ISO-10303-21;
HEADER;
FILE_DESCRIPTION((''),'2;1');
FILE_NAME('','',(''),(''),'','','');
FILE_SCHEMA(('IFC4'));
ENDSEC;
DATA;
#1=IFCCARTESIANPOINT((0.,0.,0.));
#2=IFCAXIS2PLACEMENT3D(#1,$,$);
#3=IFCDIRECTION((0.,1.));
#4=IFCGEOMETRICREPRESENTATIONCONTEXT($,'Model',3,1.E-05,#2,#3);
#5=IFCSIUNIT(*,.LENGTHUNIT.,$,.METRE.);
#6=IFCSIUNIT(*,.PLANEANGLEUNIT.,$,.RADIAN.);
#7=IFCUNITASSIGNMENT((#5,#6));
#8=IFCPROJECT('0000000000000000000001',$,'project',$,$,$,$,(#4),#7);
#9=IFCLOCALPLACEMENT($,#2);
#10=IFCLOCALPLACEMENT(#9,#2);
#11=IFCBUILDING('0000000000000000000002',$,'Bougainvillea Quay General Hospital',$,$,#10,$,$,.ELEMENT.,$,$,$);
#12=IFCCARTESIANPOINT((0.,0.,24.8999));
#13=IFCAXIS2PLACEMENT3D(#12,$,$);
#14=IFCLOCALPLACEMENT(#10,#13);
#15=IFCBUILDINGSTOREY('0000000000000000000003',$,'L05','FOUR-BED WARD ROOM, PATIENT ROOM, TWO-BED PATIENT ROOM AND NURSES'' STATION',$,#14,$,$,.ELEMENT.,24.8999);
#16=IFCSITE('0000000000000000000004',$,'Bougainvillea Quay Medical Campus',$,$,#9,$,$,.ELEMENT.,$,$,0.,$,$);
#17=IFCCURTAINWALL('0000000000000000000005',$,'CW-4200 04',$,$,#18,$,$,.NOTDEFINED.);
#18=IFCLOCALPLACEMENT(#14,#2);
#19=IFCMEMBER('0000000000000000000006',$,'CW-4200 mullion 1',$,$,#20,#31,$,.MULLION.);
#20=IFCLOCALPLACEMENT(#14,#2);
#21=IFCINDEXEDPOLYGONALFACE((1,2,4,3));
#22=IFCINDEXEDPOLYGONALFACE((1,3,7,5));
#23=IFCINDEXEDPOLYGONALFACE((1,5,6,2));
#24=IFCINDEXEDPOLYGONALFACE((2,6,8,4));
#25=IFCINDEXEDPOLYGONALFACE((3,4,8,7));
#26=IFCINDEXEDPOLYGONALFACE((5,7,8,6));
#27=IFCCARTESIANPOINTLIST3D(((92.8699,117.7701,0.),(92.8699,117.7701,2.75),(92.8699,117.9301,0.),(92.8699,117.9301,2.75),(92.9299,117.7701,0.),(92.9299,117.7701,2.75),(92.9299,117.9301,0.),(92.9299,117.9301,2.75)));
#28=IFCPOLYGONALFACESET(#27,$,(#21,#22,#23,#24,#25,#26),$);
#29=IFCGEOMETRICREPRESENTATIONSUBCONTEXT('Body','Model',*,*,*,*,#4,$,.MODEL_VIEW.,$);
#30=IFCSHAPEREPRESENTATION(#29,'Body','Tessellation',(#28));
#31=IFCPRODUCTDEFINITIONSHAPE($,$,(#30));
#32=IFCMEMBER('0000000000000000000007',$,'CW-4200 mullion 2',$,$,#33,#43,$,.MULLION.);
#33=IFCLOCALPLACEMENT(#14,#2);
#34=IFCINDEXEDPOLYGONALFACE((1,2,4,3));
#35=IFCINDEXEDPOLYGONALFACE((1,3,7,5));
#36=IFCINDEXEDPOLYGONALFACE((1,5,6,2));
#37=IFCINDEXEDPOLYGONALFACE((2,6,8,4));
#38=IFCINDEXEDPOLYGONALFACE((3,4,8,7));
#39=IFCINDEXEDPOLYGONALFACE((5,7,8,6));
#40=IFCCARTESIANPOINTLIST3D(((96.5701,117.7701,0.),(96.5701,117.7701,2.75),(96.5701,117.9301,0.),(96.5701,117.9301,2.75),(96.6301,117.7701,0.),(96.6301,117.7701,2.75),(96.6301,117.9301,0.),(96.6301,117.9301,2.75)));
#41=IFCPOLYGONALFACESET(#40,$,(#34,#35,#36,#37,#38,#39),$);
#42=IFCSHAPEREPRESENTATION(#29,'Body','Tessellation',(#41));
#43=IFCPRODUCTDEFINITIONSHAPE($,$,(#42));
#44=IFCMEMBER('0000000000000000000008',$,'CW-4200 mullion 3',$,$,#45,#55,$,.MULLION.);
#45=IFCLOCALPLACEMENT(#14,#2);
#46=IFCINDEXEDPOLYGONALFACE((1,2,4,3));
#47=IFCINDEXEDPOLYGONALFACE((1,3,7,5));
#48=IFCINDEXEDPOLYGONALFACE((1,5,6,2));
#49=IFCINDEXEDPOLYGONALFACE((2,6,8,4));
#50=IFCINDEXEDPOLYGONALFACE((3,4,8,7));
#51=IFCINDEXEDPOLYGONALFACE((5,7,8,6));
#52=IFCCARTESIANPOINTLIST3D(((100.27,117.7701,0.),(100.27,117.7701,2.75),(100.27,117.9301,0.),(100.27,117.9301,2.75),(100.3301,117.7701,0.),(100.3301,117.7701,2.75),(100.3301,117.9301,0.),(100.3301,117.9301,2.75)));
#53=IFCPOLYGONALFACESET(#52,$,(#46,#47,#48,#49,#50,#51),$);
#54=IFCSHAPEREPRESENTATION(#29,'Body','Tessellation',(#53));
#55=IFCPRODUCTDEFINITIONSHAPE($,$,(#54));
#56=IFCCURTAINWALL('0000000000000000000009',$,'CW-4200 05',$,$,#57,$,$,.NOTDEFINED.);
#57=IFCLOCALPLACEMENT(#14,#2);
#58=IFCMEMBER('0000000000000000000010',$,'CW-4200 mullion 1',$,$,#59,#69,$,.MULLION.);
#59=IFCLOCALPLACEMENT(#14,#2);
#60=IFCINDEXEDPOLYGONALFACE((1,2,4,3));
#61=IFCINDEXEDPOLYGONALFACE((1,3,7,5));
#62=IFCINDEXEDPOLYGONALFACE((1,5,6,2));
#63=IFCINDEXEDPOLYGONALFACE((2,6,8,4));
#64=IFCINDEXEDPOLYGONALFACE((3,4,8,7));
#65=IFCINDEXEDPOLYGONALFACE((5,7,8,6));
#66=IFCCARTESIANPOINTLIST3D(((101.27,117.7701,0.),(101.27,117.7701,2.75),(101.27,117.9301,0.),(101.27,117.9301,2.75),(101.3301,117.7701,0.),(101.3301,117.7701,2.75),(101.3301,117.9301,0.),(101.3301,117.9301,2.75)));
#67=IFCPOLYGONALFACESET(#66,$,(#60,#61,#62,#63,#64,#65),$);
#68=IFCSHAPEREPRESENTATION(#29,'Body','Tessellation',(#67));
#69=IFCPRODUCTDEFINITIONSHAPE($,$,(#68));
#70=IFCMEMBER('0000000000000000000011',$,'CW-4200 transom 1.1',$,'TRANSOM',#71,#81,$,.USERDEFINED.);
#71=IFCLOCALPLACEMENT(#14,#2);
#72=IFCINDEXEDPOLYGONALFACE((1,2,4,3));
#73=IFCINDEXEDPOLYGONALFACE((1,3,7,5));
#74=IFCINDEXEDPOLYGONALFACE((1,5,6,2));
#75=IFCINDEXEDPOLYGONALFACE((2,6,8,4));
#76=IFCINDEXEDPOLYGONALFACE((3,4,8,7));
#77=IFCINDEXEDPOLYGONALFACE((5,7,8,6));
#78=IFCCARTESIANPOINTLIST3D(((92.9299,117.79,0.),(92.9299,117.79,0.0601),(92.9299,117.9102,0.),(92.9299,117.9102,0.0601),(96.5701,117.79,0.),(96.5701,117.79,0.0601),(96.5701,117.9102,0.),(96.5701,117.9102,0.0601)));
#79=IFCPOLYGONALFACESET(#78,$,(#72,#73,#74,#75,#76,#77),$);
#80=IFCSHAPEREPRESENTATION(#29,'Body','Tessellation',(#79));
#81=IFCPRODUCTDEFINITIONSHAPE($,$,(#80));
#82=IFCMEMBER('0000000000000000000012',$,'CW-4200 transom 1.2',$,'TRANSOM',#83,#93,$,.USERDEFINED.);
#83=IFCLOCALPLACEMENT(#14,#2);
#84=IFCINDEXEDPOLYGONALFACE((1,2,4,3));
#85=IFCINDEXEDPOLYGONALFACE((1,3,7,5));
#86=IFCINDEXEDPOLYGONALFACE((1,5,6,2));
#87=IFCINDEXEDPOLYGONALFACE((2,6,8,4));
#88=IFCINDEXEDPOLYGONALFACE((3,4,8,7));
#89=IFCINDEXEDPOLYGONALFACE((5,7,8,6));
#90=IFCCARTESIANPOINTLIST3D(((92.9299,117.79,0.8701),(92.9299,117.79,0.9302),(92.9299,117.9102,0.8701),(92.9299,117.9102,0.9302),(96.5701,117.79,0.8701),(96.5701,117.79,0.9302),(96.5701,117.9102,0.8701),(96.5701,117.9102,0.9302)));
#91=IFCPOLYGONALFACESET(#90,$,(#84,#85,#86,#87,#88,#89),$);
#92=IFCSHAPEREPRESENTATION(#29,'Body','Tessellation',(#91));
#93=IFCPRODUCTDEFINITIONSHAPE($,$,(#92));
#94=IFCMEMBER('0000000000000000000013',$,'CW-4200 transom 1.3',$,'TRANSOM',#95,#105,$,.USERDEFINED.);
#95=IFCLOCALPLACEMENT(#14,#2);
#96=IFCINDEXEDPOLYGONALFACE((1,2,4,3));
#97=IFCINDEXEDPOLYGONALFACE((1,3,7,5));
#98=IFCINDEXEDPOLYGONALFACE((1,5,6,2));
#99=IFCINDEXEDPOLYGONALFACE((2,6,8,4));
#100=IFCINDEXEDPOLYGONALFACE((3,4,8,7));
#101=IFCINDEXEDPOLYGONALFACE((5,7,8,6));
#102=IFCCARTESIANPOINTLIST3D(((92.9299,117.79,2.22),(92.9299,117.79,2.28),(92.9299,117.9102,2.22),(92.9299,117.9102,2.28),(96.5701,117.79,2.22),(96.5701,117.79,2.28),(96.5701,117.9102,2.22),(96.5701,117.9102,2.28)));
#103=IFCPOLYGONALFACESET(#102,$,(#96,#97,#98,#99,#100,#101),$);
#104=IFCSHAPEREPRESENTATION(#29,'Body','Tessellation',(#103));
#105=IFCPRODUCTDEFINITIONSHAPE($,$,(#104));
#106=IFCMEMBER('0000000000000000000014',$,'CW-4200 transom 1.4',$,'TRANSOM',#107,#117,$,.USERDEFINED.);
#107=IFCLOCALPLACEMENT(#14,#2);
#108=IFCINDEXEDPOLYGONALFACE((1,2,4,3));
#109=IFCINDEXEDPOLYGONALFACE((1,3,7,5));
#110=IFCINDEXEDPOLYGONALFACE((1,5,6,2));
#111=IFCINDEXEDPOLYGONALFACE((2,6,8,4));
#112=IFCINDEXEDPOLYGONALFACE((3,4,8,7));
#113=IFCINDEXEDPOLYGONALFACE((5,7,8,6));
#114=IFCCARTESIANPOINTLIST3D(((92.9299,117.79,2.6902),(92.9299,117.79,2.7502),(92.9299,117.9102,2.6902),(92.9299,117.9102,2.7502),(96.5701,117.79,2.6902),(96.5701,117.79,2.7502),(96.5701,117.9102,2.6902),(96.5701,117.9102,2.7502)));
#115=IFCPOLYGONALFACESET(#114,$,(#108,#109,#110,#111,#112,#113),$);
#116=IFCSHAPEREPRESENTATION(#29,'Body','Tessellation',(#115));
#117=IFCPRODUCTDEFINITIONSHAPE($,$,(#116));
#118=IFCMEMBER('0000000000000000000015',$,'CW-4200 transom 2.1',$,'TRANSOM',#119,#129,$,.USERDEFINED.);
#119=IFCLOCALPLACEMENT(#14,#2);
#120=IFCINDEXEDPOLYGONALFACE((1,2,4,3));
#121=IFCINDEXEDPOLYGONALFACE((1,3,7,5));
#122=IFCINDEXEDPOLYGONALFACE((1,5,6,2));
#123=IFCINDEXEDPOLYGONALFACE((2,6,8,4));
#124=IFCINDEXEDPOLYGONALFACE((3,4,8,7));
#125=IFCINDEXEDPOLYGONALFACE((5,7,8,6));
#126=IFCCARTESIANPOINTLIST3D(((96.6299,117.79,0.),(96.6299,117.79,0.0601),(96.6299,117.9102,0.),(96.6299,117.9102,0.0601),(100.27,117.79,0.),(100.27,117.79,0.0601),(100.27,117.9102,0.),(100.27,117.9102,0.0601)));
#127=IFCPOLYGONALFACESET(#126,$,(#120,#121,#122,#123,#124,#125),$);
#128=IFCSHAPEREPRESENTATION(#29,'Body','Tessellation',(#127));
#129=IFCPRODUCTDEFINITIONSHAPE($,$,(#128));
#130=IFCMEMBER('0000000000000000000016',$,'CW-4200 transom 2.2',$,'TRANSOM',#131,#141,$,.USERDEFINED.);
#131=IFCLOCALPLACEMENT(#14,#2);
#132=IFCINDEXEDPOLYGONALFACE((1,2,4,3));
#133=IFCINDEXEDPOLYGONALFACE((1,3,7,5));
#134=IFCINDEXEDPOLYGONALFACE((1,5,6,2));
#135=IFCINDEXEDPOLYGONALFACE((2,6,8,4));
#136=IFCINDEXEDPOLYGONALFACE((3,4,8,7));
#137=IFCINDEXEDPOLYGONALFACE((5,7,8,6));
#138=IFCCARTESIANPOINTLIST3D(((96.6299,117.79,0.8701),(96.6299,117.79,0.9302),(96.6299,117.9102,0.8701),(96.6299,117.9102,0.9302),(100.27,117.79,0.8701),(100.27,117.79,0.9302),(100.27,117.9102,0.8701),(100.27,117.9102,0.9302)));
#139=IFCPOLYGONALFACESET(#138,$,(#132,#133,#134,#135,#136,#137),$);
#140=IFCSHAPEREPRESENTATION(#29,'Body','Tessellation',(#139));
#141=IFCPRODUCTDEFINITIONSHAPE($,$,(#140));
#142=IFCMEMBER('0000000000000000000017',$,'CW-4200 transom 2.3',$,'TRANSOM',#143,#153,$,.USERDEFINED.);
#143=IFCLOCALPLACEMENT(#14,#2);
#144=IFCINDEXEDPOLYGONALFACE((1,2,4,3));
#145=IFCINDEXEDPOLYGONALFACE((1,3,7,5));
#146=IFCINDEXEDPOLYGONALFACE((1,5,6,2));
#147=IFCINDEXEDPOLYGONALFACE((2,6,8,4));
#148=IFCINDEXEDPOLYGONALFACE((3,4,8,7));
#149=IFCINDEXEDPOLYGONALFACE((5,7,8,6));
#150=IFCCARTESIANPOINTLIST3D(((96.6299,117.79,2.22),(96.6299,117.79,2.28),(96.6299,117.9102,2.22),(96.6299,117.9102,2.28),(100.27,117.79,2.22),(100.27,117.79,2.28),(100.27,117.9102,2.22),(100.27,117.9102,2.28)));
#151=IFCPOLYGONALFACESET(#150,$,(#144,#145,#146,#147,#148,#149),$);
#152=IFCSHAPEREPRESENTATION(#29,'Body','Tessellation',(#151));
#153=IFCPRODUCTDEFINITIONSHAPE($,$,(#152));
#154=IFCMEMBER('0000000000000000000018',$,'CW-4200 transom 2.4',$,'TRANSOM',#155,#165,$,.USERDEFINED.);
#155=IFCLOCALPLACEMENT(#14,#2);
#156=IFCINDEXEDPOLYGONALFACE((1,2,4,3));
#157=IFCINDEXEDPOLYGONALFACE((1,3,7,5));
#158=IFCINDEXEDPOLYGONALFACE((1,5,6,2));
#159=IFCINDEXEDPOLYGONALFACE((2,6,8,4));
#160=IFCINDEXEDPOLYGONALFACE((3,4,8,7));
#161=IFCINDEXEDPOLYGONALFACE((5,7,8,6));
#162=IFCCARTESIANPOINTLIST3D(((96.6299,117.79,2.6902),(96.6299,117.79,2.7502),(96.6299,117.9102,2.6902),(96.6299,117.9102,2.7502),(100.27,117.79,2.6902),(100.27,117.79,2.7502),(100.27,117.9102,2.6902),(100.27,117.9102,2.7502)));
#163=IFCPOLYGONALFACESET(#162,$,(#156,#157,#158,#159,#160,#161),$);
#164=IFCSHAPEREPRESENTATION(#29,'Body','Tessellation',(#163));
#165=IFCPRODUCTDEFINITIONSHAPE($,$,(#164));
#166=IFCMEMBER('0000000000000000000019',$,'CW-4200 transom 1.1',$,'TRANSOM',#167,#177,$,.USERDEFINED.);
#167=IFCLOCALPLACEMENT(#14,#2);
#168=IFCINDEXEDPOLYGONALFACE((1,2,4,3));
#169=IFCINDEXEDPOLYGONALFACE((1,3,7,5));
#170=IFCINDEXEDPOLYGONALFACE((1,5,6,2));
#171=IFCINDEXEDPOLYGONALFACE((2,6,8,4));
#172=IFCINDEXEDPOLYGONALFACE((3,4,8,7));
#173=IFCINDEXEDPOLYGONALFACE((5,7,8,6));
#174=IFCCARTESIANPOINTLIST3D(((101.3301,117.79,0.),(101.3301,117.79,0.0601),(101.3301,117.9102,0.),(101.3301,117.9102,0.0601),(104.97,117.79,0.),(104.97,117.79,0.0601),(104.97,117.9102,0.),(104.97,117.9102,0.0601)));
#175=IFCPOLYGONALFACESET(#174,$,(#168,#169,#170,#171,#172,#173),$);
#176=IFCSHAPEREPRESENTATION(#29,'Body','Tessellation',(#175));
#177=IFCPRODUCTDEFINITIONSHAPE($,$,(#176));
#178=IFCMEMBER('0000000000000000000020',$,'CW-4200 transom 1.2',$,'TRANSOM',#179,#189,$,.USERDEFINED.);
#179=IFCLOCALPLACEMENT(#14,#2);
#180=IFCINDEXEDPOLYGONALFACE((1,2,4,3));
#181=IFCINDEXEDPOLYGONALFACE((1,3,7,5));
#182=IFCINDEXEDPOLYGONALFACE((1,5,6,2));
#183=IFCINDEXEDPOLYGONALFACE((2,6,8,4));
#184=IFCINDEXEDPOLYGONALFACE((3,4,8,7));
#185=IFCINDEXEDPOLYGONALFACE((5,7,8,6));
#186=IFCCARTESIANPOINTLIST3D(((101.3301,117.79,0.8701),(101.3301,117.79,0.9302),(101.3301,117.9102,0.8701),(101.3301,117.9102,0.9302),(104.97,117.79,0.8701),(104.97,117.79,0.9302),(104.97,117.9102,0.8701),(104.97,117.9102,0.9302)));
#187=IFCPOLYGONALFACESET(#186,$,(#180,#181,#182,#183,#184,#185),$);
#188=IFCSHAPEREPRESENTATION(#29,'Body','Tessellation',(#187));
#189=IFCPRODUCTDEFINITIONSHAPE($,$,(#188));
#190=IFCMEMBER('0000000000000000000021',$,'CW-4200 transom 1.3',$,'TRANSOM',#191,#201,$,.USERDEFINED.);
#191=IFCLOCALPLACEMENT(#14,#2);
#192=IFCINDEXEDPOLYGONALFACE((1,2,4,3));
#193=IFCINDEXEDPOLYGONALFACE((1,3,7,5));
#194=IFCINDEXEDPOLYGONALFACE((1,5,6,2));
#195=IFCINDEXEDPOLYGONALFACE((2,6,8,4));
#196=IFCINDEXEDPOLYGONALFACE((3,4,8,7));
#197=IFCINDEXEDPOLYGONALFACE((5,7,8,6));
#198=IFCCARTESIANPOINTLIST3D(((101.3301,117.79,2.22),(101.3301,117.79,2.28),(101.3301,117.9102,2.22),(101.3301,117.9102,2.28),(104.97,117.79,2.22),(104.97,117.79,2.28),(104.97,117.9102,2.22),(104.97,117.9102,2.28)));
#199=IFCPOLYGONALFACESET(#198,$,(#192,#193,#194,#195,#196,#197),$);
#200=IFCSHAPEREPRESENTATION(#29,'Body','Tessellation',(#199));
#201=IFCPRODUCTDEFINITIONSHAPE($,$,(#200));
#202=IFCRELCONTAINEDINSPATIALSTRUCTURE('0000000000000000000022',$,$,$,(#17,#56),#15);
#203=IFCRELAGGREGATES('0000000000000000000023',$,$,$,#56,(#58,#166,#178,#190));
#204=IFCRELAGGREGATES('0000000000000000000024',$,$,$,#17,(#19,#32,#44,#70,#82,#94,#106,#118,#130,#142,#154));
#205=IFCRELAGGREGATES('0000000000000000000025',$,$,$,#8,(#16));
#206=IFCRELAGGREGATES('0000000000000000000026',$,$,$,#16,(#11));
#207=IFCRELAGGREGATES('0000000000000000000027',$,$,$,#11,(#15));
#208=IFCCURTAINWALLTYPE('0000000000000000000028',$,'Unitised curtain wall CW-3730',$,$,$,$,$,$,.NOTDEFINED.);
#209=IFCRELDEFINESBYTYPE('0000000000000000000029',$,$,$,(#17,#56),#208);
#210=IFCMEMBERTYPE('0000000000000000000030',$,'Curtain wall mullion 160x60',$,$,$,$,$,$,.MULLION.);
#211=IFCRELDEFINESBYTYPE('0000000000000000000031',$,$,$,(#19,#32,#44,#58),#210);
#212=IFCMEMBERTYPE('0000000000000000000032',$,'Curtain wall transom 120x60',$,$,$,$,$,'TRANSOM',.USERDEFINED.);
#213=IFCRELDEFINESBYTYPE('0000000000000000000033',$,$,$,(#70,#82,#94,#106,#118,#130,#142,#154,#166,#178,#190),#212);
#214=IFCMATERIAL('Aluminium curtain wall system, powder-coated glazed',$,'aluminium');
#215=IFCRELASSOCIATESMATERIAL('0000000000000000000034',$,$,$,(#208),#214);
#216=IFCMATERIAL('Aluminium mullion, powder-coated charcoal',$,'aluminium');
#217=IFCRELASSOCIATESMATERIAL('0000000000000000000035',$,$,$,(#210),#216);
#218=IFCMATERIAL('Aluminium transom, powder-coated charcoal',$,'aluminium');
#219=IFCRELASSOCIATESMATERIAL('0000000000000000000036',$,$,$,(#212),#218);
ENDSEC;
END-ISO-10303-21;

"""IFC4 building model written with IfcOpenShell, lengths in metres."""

from ifc_helpers import new_model, si_unit, direction, frame, origin, origin_2d, place, context, subcontext, project, spatial, rectangle, extrude, material, material_profile, profile_set, type_object, element, aggregate, save


model = new_model("IFC4")

# Units and contexts
model_context = context("Model", 3, precision=1e-05, world=origin(), true_north=direction((0.0, 1.0)))
body_context = subcontext(model_context, "Body", "Model", "MODEL_VIEW")
ifc_project = project(units=[si_unit("LENGTHUNIT", "METRE"), si_unit("PLANEANGLEUNIT", "RADIAN")], contexts=[model_context])

# Site, building, storey
site_placement = place(None, origin())
site = spatial("IfcSite", under=ifc_project, at=site_placement, Name="Bougainvillea Quay Medical Campus", CompositionType="ELEMENT", RefElevation=0.0)
building_placement = place(site_placement, origin())
building = spatial("IfcBuilding", under=site, at=building_placement, Name="Bougainvillea Quay General Hospital", CompositionType="ELEMENT")
storey_placement = place(building_placement, frame((0.0, 0.0, 24.8999)))
storey = spatial("IfcBuildingStorey", under=building, at=storey_placement, Name="L05", Description="FOUR-BED WARD ROOM, PATIENT ROOM, TWO-BED PATIENT ROOM AND NURSES' STATION", CompositionType="ELEMENT", Elevation=24.8999)

# Curtain wall, members
ifc_material_1 = material(Name="Aluminium curtain wall system, powder-coated glazed", Category="aluminium")
curtain_wall_type = type_object("IfcCurtainWallType", Name="Unitised curtain wall CW-3730", PredefinedType="NOTDEFINED", material=ifc_material_1)
curtain_wall_1_placement = place(storey_placement, origin())
curtain_wall_1 = element("IfcCurtainWall", 1, at=curtain_wall_1_placement, inside=storey, type_object=curtain_wall_type, Name="CW-4200 04", PredefinedType="NOTDEFINED")
ifc_material_2 = material(Name="Aluminium mullion, powder-coated charcoal", Category="aluminium")
ifc_material_profile_1 = material_profile(ifc_material_2, rectangle(XDim=0.1599, YDim=0.0601, at=origin_2d()))
ifc_profile_set_1 = profile_set([ifc_material_profile_1], Name="Aluminium mullion, powder-coated charcoal")
member_type_1 = type_object("IfcMemberType", Name="Curtain wall mullion 160x60", PredefinedType="MULLION", material=ifc_profile_set_1)
member_1_placement = place(storey_placement, frame((92.8999, 117.8501, 0.0), z_axis=(0.0, 0.0, 1.0), x_axis=(0.0, 1.0, 0.0)))
member_1 = element("IfcMember", 2, at=member_1_placement, type_object=member_type_1, Name="CW-4200 mullion 1", PredefinedType="MULLION", context=body_context, shape_type="SweptSolid", body=[
    extrude(rectangle(XDim=0.1599, YDim=0.0601, at=origin_2d()), origin(), (0.0, 0.0, 1.0), 2.75),
])
member_2_placement = place(storey_placement, frame((96.6001, 117.8501, 0.0), z_axis=(0.0, 0.0, 1.0), x_axis=(0.0, 1.0, 0.0)))
member_2 = element("IfcMember", 3, at=member_2_placement, type_object=member_type_1, Name="CW-4200 mullion 2", PredefinedType="MULLION", context=body_context, shape_type="SweptSolid", body=[
    extrude(rectangle(XDim=0.1599, YDim=0.0601, at=origin_2d()), origin(), (0.0, 0.0, 1.0), 2.75),
])
member_3_placement = place(storey_placement, frame((100.3, 117.8501, 0.0), z_axis=(0.0, 0.0, 1.0), x_axis=(0.0, 1.0, 0.0)))
member_3 = element("IfcMember", 4, at=member_3_placement, type_object=member_type_1, Name="CW-4200 mullion 3", PredefinedType="MULLION", context=body_context, shape_type="SweptSolid", body=[
    extrude(rectangle(XDim=0.1599, YDim=0.0601, at=origin_2d()), origin(), (0.0, 0.0, 1.0), 2.75),
])

# Curtain wall, member
curtain_wall_2_placement = place(storey_placement, origin())
curtain_wall_2 = element("IfcCurtainWall", 5, at=curtain_wall_2_placement, inside=storey, type_object=curtain_wall_type, Name="CW-4200 05", PredefinedType="NOTDEFINED")
member_4_placement = place(storey_placement, frame((101.3, 117.8501, 0.0), z_axis=(0.0, 0.0, 1.0), x_axis=(0.0, 1.0, 0.0)))
member_4 = element("IfcMember", 6, at=member_4_placement, type_object=member_type_1, Name="CW-4200 mullion 1", PredefinedType="MULLION", context=body_context, shape_type="SweptSolid", body=[
    extrude(rectangle(XDim=0.1599, YDim=0.0601, at=origin_2d()), origin(), (0.0, 0.0, 1.0), 2.75),
])

# Members
ifc_material_3 = material(Name="Aluminium transom, powder-coated charcoal", Category="aluminium")
ifc_material_profile_2 = material_profile(ifc_material_3, rectangle(XDim=0.1201, YDim=0.0601, at=origin_2d()))
ifc_profile_set_2 = profile_set([ifc_material_profile_2], Name="Aluminium transom, powder-coated charcoal")
member_type_2 = type_object("IfcMemberType", Name="Curtain wall transom 120x60", ElementType="TRANSOM", PredefinedType="USERDEFINED", material=ifc_profile_set_2)
member_5_placement = place(storey_placement, frame((92.9299, 117.8501, 0.03), z_axis=(1.0, 0.0, 0.0), x_axis=(0.0, 1.0, 0.0)))
member_5 = element("IfcMember", 7, at=member_5_placement, type_object=member_type_2, Name="CW-4200 transom 1.1", ObjectType="TRANSOM", PredefinedType="USERDEFINED", context=body_context, shape_type="SweptSolid", body=[
    extrude(rectangle(XDim=0.1201, YDim=0.0601, at=origin_2d()), origin(), (0.0, 0.0, 1.0), 3.6401),
])
member_6_placement = place(storey_placement, frame((92.9299, 117.8501, 0.9001), z_axis=(1.0, 0.0, 0.0), x_axis=(0.0, 1.0, 0.0)))
member_6 = element("IfcMember", 8, at=member_6_placement, type_object=member_type_2, Name="CW-4200 transom 1.2", ObjectType="TRANSOM", PredefinedType="USERDEFINED", context=body_context, shape_type="SweptSolid", body=[
    extrude(rectangle(XDim=0.1201, YDim=0.0601, at=origin_2d()), origin(), (0.0, 0.0, 1.0), 3.6401),
])
member_7_placement = place(storey_placement, frame((92.9299, 117.8501, 2.25), z_axis=(1.0, 0.0, 0.0), x_axis=(0.0, 1.0, 0.0)))
member_7 = element("IfcMember", 9, at=member_7_placement, type_object=member_type_2, Name="CW-4200 transom 1.3", ObjectType="TRANSOM", PredefinedType="USERDEFINED", context=body_context, shape_type="SweptSolid", body=[
    extrude(rectangle(XDim=0.1201, YDim=0.0601, at=origin_2d()), origin(), (0.0, 0.0, 1.0), 3.6401),
])
member_8_placement = place(storey_placement, frame((92.9299, 117.8501, 2.7202), z_axis=(1.0, 0.0, 0.0), x_axis=(0.0, 1.0, 0.0)))
member_8 = element("IfcMember", 10, at=member_8_placement, type_object=member_type_2, Name="CW-4200 transom 1.4", ObjectType="TRANSOM", PredefinedType="USERDEFINED", context=body_context, shape_type="SweptSolid", body=[
    extrude(rectangle(XDim=0.1201, YDim=0.0601, at=origin_2d()), origin(), (0.0, 0.0, 1.0), 3.6401),
])
member_9_placement = place(storey_placement, frame((96.6299, 117.8501, 0.03), z_axis=(1.0, 0.0, 0.0), x_axis=(0.0, 1.0, 0.0)))
member_9 = element("IfcMember", 11, at=member_9_placement, type_object=member_type_2, Name="CW-4200 transom 2.1", ObjectType="TRANSOM", PredefinedType="USERDEFINED", context=body_context, shape_type="SweptSolid", body=[
    extrude(rectangle(XDim=0.1201, YDim=0.0601, at=origin_2d()), origin(), (0.0, 0.0, 1.0), 3.6401),
])
member_10_placement = place(storey_placement, frame((96.6299, 117.8501, 0.9001), z_axis=(1.0, 0.0, 0.0), x_axis=(0.0, 1.0, 0.0)))
member_10 = element("IfcMember", 12, at=member_10_placement, type_object=member_type_2, Name="CW-4200 transom 2.2", ObjectType="TRANSOM", PredefinedType="USERDEFINED", context=body_context, shape_type="SweptSolid", body=[
    extrude(rectangle(XDim=0.1201, YDim=0.0601, at=origin_2d()), origin(), (0.0, 0.0, 1.0), 3.6401),
])
member_11_placement = place(storey_placement, frame((96.6299, 117.8501, 2.25), z_axis=(1.0, 0.0, 0.0), x_axis=(0.0, 1.0, 0.0)))
member_11 = element("IfcMember", 13, at=member_11_placement, type_object=member_type_2, Name="CW-4200 transom 2.3", ObjectType="TRANSOM", PredefinedType="USERDEFINED", context=body_context, shape_type="SweptSolid", body=[
    extrude(rectangle(XDim=0.1201, YDim=0.0601, at=origin_2d()), origin(), (0.0, 0.0, 1.0), 3.6401),
])
member_12_placement = place(storey_placement, frame((96.6299, 117.8501, 2.7202), z_axis=(1.0, 0.0, 0.0), x_axis=(0.0, 1.0, 0.0)))
member_12 = element("IfcMember", 14, at=member_12_placement, type_object=member_type_2, Name="CW-4200 transom 2.4", ObjectType="TRANSOM", PredefinedType="USERDEFINED", context=body_context, shape_type="SweptSolid", body=[
    extrude(rectangle(XDim=0.1201, YDim=0.0601, at=origin_2d()), origin(), (0.0, 0.0, 1.0), 3.6401),
])
member_13_placement = place(storey_placement, frame((101.3301, 117.8501, 0.03), z_axis=(1.0, 0.0, 0.0), x_axis=(0.0, 1.0, 0.0)))
member_13 = element("IfcMember", 15, at=member_13_placement, type_object=member_type_2, Name="CW-4200 transom 1.1", ObjectType="TRANSOM", PredefinedType="USERDEFINED", context=body_context, shape_type="SweptSolid", body=[
    extrude(rectangle(XDim=0.1201, YDim=0.0601, at=origin_2d()), origin(), (0.0, 0.0, 1.0), 3.6399),
])
member_14_placement = place(storey_placement, frame((101.3301, 117.8501, 0.9001), z_axis=(1.0, 0.0, 0.0), x_axis=(0.0, 1.0, 0.0)))
member_14 = element("IfcMember", 16, at=member_14_placement, type_object=member_type_2, Name="CW-4200 transom 1.2", ObjectType="TRANSOM", PredefinedType="USERDEFINED", context=body_context, shape_type="SweptSolid", body=[
    extrude(rectangle(XDim=0.1201, YDim=0.0601, at=origin_2d()), origin(), (0.0, 0.0, 1.0), 3.6399),
])
member_15_placement = place(storey_placement, frame((101.3301, 117.8501, 2.25), z_axis=(1.0, 0.0, 0.0), x_axis=(0.0, 1.0, 0.0)))
member_15 = element("IfcMember", 17, at=member_15_placement, type_object=member_type_2, Name="CW-4200 transom 1.3", ObjectType="TRANSOM", PredefinedType="USERDEFINED", context=body_context, shape_type="SweptSolid", body=[
    extrude(rectangle(XDim=0.1201, YDim=0.0601, at=origin_2d()), origin(), (0.0, 0.0, 1.0), 3.6399),
])

aggregate(curtain_wall_2, [member_4, member_13, member_14, member_15])
aggregate(curtain_wall_1, [member_1, member_2, member_3, member_5, member_6, member_7, member_8, member_9, member_10, member_11, member_12])

save(model, "model.ifc")
